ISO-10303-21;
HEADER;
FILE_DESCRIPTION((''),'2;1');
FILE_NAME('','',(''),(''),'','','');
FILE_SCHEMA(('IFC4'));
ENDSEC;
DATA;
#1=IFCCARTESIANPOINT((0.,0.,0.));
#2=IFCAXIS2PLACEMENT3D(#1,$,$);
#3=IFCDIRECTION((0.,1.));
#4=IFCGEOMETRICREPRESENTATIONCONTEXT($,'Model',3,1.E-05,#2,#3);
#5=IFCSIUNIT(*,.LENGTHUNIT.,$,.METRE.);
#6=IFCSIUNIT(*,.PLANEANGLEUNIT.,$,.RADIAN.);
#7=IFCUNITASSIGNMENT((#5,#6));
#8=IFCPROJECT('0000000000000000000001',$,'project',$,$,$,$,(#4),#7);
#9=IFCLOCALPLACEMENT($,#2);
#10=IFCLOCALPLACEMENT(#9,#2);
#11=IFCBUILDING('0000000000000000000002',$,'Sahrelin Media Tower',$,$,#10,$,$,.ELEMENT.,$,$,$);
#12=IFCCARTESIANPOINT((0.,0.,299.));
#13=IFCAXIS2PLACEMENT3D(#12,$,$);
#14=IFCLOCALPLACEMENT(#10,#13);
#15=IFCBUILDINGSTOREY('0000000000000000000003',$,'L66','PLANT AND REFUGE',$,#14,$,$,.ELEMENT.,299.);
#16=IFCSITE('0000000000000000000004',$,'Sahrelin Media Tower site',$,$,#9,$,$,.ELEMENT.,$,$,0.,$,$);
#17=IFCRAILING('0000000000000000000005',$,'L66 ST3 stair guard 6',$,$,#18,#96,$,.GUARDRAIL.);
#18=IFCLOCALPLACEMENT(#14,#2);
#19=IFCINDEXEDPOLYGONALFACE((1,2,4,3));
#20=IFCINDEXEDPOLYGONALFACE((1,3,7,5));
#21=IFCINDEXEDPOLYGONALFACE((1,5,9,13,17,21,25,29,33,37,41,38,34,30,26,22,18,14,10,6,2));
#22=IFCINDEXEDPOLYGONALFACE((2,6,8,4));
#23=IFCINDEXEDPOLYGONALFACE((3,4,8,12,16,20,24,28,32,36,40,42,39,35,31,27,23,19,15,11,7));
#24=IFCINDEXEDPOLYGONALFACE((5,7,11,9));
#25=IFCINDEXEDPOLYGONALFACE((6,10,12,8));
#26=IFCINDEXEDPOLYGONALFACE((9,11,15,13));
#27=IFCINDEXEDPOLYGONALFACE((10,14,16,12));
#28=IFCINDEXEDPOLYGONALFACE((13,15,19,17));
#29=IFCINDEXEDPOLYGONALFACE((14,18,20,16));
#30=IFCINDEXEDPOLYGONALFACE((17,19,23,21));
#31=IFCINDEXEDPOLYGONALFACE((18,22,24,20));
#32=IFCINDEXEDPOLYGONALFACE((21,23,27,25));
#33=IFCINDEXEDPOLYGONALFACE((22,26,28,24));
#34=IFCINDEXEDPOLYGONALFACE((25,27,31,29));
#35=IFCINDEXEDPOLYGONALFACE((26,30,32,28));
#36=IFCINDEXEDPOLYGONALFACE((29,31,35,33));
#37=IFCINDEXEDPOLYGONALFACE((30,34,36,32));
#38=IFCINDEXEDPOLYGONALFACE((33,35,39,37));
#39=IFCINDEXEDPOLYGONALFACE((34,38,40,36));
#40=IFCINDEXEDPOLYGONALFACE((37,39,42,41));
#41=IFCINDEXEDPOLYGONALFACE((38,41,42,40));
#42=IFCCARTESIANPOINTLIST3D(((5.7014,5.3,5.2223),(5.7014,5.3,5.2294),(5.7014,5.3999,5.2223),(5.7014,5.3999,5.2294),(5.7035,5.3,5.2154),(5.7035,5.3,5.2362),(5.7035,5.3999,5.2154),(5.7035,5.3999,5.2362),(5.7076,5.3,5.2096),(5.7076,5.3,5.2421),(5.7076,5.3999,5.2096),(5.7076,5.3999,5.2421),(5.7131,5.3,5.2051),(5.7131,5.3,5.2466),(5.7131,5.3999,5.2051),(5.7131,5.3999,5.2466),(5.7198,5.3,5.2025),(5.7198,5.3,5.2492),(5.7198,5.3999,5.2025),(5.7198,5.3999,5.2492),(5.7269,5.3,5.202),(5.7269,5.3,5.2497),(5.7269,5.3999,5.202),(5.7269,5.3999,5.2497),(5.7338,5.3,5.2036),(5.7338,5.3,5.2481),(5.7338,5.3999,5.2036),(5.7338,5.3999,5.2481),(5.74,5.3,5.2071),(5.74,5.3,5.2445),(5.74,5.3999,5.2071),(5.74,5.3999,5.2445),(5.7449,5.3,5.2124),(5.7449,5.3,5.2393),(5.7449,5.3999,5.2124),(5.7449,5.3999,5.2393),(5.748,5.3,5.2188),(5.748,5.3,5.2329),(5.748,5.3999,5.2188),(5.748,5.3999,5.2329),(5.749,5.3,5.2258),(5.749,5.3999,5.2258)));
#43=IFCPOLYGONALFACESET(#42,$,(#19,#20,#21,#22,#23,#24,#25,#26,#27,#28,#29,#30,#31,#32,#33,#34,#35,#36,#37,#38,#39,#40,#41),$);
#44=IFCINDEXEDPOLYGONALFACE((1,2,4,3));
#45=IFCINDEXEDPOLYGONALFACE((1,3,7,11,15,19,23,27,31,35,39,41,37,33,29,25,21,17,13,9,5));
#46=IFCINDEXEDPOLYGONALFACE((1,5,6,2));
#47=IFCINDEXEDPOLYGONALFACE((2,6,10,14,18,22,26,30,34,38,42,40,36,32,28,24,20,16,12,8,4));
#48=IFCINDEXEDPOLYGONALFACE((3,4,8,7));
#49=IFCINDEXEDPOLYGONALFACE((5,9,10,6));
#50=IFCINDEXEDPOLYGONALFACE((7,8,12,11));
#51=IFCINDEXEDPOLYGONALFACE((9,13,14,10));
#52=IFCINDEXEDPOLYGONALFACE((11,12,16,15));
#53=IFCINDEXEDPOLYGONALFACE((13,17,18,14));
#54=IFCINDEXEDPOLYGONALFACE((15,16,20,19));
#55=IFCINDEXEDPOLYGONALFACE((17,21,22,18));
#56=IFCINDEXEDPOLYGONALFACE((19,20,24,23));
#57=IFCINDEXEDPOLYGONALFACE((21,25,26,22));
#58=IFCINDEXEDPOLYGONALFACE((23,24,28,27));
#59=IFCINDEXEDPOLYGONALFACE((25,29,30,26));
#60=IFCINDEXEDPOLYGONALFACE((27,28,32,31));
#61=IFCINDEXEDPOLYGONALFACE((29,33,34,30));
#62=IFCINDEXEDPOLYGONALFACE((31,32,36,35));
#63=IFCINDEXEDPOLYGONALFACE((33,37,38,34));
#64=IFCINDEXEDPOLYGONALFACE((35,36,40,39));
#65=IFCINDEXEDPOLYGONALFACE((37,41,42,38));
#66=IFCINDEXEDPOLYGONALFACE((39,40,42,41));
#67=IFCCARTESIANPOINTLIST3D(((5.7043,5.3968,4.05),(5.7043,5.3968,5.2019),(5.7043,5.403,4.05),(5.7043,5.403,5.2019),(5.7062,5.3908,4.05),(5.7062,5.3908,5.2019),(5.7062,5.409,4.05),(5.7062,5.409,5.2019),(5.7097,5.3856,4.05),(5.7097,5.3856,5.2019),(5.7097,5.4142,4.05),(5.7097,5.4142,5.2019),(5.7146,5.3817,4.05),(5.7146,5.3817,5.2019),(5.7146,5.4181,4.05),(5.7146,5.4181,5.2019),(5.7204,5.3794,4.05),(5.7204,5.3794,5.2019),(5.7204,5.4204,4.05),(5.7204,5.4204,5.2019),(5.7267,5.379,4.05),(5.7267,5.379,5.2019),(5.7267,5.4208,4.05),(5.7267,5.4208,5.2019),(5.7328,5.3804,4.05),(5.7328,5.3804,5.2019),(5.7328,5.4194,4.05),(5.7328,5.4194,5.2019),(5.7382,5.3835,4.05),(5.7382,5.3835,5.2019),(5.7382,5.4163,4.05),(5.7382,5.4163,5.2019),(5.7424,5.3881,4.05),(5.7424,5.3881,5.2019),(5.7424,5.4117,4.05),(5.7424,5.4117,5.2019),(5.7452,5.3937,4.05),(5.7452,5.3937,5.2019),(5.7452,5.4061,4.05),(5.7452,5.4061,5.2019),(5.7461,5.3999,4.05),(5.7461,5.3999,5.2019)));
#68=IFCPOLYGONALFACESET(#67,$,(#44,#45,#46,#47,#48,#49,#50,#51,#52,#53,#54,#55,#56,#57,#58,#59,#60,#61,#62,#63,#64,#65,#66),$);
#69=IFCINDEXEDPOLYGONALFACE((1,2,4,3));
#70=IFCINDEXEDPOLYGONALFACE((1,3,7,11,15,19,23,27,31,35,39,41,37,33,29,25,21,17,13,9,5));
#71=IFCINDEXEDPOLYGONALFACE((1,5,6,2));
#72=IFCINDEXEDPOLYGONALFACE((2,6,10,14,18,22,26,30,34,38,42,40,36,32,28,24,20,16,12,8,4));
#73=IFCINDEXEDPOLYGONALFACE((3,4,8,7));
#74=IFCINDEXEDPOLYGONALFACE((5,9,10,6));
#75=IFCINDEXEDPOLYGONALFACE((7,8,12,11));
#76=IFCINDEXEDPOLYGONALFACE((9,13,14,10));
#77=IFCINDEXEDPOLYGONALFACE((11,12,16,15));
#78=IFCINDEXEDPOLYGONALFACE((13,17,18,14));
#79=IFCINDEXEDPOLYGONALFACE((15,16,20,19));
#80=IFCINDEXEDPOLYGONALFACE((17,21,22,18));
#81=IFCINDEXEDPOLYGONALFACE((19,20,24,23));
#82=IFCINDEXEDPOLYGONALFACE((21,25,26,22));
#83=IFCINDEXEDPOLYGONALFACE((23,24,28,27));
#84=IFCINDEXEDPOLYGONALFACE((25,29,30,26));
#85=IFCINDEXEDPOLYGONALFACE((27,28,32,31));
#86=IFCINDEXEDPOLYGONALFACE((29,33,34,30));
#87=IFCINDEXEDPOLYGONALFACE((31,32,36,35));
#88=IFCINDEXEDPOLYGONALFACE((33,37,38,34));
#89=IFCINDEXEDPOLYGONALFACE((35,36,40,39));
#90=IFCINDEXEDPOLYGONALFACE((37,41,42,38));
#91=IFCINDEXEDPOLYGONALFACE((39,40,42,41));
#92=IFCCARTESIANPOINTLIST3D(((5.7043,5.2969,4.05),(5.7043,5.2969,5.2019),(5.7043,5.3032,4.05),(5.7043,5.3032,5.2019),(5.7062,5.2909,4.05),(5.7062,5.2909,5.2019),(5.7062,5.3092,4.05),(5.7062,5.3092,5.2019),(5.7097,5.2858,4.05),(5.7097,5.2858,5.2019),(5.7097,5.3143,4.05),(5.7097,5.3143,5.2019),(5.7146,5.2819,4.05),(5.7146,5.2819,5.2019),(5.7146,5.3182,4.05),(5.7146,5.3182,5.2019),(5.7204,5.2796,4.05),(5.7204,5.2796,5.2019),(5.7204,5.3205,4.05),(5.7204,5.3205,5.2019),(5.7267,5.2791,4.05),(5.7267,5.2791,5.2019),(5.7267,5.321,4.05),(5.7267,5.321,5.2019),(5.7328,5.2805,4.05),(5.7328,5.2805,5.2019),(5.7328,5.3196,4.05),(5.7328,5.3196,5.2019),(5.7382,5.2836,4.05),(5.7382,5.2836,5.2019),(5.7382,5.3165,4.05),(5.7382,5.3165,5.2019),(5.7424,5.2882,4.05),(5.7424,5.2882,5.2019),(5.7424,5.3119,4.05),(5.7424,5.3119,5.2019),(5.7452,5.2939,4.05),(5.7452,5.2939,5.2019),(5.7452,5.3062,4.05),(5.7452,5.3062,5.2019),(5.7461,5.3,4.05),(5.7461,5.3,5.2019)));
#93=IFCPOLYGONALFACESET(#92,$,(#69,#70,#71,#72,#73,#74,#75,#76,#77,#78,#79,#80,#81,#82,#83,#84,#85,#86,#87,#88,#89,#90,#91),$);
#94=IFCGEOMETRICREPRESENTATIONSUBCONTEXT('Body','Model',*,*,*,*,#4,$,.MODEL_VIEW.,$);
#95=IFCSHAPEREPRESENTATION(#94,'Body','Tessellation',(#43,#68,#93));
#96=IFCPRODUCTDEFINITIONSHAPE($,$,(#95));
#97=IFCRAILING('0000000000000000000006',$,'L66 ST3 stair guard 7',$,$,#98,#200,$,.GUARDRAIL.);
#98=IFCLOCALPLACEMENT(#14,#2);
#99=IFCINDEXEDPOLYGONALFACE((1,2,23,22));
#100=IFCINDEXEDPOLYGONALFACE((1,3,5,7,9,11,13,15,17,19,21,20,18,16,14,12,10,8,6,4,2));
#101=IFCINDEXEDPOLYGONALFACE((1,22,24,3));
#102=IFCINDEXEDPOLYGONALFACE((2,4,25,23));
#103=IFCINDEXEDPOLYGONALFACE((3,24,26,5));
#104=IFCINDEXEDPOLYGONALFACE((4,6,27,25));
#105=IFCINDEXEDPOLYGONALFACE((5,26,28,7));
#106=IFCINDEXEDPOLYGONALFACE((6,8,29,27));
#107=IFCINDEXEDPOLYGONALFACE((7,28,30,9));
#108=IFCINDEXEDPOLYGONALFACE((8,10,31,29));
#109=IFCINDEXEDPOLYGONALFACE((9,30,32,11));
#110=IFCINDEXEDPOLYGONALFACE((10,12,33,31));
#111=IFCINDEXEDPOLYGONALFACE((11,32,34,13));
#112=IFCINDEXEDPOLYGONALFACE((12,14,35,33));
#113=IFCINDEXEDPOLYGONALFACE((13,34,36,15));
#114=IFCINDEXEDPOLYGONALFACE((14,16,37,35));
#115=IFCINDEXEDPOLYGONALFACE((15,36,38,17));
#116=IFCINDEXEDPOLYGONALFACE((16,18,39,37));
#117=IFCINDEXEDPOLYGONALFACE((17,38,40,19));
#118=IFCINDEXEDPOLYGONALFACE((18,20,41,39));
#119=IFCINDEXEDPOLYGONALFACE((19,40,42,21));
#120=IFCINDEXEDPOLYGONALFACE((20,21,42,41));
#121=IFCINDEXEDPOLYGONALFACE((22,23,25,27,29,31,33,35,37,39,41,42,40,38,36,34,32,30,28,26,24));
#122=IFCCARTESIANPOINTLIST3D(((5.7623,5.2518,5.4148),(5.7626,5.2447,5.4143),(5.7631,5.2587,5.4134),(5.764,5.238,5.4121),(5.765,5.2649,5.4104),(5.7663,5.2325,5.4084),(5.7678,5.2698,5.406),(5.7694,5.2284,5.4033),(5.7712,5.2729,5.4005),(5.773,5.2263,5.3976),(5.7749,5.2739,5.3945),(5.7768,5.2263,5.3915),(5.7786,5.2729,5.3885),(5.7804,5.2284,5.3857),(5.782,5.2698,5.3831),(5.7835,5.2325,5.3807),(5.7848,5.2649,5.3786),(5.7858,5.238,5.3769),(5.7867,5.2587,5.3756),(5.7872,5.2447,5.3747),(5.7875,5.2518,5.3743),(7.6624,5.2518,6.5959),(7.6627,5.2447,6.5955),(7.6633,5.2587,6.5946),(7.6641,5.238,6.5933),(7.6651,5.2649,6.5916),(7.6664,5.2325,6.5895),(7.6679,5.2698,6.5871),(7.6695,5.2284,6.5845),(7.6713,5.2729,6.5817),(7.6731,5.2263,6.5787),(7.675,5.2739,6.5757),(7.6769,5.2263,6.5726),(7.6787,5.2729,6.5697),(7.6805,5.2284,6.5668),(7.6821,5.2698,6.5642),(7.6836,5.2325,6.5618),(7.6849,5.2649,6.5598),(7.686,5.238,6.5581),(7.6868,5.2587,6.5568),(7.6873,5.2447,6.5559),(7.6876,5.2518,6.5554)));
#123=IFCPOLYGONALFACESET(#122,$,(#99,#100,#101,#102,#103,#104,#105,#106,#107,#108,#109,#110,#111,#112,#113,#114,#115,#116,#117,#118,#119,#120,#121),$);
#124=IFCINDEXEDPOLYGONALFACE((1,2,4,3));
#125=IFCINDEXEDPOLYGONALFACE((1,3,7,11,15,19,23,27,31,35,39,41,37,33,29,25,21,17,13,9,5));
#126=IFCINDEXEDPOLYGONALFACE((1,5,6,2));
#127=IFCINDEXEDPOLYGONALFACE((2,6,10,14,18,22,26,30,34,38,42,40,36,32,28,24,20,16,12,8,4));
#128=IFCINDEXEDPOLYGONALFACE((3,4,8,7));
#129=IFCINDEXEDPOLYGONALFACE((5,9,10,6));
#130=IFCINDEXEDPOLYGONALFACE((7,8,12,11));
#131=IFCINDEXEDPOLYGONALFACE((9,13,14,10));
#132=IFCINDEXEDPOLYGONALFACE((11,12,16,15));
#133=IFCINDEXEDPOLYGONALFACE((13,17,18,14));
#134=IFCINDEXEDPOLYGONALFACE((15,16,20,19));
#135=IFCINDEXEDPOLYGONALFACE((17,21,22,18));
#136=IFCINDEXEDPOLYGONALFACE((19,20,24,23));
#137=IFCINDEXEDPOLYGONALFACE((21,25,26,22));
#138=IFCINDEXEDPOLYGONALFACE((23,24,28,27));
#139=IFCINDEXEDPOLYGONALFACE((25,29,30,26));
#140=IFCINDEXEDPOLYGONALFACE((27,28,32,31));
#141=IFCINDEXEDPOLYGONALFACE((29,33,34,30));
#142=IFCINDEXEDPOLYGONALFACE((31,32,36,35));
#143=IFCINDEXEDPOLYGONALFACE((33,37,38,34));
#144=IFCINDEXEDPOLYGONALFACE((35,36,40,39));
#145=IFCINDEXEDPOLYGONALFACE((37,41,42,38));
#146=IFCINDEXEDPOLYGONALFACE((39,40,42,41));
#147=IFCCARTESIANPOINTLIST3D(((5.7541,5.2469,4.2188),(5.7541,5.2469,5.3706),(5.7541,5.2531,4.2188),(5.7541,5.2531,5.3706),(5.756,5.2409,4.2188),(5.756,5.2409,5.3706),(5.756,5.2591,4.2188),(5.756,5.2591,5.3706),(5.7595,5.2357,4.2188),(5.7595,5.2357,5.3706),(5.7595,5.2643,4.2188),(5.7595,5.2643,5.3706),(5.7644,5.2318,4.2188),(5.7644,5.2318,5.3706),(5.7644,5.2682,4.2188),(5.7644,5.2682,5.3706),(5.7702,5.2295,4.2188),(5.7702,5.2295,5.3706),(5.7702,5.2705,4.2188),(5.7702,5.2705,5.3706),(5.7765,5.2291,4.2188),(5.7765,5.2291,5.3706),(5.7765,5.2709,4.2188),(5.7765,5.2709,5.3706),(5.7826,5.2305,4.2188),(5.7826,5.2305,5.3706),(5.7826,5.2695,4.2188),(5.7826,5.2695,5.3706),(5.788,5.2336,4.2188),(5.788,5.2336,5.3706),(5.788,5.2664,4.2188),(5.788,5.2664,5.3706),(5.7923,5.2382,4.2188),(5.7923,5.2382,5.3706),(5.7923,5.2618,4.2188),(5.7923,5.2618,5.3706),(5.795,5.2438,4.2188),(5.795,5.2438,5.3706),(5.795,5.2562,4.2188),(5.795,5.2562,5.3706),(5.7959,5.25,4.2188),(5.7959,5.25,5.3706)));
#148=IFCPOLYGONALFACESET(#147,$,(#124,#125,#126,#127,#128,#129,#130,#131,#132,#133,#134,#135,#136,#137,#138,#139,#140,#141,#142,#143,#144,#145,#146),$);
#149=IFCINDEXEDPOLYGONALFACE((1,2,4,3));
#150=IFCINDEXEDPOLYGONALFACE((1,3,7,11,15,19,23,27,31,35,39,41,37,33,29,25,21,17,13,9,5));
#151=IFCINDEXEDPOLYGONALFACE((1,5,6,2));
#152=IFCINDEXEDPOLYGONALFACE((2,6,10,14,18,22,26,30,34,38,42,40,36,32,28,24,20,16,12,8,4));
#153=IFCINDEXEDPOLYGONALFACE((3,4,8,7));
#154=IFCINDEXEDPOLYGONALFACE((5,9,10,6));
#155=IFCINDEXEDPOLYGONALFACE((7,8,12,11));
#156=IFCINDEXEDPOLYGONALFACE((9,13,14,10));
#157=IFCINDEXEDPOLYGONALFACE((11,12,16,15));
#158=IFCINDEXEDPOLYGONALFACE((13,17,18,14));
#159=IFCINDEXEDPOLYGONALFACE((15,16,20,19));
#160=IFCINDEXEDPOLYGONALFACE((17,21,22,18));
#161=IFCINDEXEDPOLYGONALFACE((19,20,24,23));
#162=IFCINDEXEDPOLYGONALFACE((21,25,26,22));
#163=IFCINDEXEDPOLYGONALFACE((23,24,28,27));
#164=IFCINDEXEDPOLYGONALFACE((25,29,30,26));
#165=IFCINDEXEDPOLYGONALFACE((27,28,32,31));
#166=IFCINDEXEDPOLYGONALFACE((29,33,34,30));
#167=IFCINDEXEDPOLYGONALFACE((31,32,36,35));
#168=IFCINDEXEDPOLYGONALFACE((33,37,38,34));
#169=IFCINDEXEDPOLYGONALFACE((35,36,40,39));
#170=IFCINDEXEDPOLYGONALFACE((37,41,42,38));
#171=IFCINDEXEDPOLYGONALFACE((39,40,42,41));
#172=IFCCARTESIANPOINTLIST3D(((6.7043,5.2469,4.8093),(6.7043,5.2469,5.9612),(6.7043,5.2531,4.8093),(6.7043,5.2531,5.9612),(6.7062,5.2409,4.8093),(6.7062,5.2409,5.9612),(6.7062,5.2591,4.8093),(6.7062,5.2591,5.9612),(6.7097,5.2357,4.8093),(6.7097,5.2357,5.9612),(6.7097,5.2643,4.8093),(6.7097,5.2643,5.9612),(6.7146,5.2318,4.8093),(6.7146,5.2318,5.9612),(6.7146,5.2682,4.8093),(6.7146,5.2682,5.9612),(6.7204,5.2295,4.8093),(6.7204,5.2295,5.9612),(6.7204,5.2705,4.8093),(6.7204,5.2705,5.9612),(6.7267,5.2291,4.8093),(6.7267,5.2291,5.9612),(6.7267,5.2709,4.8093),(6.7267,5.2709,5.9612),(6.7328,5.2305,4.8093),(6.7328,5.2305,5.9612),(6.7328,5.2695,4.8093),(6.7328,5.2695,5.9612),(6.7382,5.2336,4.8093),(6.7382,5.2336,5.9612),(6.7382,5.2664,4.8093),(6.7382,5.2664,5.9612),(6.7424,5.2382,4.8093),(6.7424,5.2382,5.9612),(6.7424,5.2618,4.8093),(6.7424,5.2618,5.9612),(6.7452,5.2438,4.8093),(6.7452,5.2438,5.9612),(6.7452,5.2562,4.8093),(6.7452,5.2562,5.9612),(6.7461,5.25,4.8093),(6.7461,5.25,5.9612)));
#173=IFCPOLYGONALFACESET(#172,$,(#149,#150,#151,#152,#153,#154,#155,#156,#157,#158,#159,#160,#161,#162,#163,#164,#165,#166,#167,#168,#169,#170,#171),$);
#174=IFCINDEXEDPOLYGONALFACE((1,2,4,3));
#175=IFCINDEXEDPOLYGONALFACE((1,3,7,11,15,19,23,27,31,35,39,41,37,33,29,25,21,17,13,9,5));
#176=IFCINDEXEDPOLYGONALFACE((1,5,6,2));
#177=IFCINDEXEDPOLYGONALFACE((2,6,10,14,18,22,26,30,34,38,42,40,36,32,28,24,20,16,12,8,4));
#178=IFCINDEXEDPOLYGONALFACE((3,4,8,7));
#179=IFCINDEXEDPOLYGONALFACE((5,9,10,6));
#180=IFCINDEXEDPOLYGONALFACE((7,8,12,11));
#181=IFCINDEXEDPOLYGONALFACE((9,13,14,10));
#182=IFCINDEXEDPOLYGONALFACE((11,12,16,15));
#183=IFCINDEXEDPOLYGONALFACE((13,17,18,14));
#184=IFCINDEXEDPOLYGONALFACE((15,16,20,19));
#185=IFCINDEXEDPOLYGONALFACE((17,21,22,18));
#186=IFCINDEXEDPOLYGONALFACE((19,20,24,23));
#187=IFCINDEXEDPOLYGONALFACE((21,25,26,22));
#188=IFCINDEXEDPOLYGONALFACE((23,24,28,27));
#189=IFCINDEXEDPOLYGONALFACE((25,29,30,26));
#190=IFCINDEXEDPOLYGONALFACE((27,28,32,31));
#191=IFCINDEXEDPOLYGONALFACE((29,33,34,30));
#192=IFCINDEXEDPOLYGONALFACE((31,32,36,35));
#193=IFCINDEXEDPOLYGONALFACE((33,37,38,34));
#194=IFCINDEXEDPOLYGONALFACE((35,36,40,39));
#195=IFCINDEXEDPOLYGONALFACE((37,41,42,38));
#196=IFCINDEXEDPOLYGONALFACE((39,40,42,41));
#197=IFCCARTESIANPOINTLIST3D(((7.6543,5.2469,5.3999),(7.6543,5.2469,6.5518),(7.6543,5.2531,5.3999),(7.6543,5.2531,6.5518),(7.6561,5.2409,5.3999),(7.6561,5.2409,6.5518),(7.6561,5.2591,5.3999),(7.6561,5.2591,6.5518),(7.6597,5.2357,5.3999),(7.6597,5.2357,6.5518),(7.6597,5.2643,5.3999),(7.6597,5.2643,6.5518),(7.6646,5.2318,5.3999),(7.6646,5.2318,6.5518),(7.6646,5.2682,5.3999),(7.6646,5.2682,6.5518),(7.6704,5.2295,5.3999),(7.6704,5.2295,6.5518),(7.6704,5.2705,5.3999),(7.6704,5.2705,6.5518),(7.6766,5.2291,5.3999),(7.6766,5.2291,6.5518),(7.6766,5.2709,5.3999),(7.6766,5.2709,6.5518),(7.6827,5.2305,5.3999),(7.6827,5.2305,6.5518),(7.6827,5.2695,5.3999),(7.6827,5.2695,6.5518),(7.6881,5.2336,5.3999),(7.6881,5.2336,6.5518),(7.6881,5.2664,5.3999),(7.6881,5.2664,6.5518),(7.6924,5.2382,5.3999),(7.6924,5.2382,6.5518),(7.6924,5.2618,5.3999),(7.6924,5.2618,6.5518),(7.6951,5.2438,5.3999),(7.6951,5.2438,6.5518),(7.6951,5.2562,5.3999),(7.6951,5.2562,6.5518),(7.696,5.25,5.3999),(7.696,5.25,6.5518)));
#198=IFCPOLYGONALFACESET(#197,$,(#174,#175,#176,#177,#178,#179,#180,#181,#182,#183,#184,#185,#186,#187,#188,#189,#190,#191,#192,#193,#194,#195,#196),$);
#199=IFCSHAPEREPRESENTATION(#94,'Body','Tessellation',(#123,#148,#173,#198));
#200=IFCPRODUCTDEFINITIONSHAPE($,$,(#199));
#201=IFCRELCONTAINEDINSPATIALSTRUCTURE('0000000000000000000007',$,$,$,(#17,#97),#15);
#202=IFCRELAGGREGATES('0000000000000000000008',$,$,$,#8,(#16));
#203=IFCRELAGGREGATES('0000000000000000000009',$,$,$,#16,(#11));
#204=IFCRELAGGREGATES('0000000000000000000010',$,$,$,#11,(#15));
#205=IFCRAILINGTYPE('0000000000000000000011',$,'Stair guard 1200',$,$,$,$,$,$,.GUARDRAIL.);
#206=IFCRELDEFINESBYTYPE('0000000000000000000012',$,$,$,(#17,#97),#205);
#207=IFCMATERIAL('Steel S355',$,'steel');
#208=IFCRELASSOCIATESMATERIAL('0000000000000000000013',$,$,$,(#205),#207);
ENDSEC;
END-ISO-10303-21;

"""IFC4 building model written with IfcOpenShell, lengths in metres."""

from ifc_helpers import new_model, si_unit, direction, frame, origin, origin_2d, place, context, subcontext, project, spatial, circle, extrude, material, type_object, element, save


model = new_model("IFC4")

# Units and contexts
model_context = context("Model", 3, precision=1e-05, world=origin(), true_north=direction((0.0, 1.0)))
body_context = subcontext(model_context, "Body", "Model", "MODEL_VIEW")
ifc_project = project(units=[si_unit("LENGTHUNIT", "METRE"), si_unit("PLANEANGLEUNIT", "RADIAN")], contexts=[model_context])

# Site, building, storey
site_placement = place(None, origin())
site = spatial("IfcSite", under=ifc_project, at=site_placement, Name="Sahrelin Media Tower site", CompositionType="ELEMENT", RefElevation=0.0)
building_placement = place(site_placement, origin())
building = spatial("IfcBuilding", under=site, at=building_placement, Name="Sahrelin Media Tower", CompositionType="ELEMENT")
storey_placement = place(building_placement, frame((0.0, 0.0, 299.0)))
storey = spatial("IfcBuildingStorey", under=building, at=storey_placement, Name="L66", Description="PLANT AND REFUGE", CompositionType="ELEMENT", Elevation=299.0)

# Railings
ifc_material_1 = material(Name="Steel S355", Category="steel")
railing_type_1 = type_object("IfcRailingType", Name="Stair guard 1200", PredefinedType="GUARDRAIL", material=ifc_material_1)
railing_1_placement = place(storey_placement, frame((5.7251, 5.3999, 4.05)))
element("IfcRailing", 1, at=railing_1_placement, inside=storey, type_object=railing_type_1, Name="L66 ST3 stair guard 6", PredefinedType="GUARDRAIL", context=body_context, shape_type="SweptSolid", body=[
    extrude(circle(Radius=0.0239, at=origin_2d()), frame((0.0, 0.0, 1.1758), z_axis=(0.0, -1.0, 0.0), x_axis=(1.0, 0.0, 0.0)), (0.0, 0.0, 1.0), 0.0999),
    extrude(circle(Radius=0.021, at=origin_2d()), origin(), (0.0, 0.0, 1.0), 1.1519),
    extrude(circle(Radius=0.021, at=origin_2d()), frame((0.0, -0.0999, 0.0)), (0.0, 0.0, 1.0), 1.1519),
])
railing_2_placement = place(storey_placement, frame((5.7749, 5.25, 4.2188)))
element("IfcRailing", 2, at=railing_2_placement, inside=storey, type_object=railing_type_1, Name="L66 ST3 stair guard 7", PredefinedType="GUARDRAIL", context=body_context, shape_type="SweptSolid", body=[
    extrude(circle(Radius=0.0239, at=origin_2d()), frame((0.0, 0.0, 1.1758), z_axis=(0.849289, 0.0, 0.527928), x_axis=(0.0, 1.0, 0.0)), (0.0, 0.0, 1.0), 2.2373),
    extrude(circle(Radius=0.021, at=origin_2d()), origin(), (0.0, 0.0, 1.0), 1.1519),
    extrude(circle(Radius=0.021, at=origin_2d()), frame((0.9502, 0.0, 0.5906)), (0.0, 0.0, 1.0), 1.1519),
    extrude(circle(Radius=0.021, at=origin_2d()), frame((1.9001, 0.0, 1.1812)), (0.0, 0.0, 1.0), 1.1519),
])

save(model, "model.ifc")
